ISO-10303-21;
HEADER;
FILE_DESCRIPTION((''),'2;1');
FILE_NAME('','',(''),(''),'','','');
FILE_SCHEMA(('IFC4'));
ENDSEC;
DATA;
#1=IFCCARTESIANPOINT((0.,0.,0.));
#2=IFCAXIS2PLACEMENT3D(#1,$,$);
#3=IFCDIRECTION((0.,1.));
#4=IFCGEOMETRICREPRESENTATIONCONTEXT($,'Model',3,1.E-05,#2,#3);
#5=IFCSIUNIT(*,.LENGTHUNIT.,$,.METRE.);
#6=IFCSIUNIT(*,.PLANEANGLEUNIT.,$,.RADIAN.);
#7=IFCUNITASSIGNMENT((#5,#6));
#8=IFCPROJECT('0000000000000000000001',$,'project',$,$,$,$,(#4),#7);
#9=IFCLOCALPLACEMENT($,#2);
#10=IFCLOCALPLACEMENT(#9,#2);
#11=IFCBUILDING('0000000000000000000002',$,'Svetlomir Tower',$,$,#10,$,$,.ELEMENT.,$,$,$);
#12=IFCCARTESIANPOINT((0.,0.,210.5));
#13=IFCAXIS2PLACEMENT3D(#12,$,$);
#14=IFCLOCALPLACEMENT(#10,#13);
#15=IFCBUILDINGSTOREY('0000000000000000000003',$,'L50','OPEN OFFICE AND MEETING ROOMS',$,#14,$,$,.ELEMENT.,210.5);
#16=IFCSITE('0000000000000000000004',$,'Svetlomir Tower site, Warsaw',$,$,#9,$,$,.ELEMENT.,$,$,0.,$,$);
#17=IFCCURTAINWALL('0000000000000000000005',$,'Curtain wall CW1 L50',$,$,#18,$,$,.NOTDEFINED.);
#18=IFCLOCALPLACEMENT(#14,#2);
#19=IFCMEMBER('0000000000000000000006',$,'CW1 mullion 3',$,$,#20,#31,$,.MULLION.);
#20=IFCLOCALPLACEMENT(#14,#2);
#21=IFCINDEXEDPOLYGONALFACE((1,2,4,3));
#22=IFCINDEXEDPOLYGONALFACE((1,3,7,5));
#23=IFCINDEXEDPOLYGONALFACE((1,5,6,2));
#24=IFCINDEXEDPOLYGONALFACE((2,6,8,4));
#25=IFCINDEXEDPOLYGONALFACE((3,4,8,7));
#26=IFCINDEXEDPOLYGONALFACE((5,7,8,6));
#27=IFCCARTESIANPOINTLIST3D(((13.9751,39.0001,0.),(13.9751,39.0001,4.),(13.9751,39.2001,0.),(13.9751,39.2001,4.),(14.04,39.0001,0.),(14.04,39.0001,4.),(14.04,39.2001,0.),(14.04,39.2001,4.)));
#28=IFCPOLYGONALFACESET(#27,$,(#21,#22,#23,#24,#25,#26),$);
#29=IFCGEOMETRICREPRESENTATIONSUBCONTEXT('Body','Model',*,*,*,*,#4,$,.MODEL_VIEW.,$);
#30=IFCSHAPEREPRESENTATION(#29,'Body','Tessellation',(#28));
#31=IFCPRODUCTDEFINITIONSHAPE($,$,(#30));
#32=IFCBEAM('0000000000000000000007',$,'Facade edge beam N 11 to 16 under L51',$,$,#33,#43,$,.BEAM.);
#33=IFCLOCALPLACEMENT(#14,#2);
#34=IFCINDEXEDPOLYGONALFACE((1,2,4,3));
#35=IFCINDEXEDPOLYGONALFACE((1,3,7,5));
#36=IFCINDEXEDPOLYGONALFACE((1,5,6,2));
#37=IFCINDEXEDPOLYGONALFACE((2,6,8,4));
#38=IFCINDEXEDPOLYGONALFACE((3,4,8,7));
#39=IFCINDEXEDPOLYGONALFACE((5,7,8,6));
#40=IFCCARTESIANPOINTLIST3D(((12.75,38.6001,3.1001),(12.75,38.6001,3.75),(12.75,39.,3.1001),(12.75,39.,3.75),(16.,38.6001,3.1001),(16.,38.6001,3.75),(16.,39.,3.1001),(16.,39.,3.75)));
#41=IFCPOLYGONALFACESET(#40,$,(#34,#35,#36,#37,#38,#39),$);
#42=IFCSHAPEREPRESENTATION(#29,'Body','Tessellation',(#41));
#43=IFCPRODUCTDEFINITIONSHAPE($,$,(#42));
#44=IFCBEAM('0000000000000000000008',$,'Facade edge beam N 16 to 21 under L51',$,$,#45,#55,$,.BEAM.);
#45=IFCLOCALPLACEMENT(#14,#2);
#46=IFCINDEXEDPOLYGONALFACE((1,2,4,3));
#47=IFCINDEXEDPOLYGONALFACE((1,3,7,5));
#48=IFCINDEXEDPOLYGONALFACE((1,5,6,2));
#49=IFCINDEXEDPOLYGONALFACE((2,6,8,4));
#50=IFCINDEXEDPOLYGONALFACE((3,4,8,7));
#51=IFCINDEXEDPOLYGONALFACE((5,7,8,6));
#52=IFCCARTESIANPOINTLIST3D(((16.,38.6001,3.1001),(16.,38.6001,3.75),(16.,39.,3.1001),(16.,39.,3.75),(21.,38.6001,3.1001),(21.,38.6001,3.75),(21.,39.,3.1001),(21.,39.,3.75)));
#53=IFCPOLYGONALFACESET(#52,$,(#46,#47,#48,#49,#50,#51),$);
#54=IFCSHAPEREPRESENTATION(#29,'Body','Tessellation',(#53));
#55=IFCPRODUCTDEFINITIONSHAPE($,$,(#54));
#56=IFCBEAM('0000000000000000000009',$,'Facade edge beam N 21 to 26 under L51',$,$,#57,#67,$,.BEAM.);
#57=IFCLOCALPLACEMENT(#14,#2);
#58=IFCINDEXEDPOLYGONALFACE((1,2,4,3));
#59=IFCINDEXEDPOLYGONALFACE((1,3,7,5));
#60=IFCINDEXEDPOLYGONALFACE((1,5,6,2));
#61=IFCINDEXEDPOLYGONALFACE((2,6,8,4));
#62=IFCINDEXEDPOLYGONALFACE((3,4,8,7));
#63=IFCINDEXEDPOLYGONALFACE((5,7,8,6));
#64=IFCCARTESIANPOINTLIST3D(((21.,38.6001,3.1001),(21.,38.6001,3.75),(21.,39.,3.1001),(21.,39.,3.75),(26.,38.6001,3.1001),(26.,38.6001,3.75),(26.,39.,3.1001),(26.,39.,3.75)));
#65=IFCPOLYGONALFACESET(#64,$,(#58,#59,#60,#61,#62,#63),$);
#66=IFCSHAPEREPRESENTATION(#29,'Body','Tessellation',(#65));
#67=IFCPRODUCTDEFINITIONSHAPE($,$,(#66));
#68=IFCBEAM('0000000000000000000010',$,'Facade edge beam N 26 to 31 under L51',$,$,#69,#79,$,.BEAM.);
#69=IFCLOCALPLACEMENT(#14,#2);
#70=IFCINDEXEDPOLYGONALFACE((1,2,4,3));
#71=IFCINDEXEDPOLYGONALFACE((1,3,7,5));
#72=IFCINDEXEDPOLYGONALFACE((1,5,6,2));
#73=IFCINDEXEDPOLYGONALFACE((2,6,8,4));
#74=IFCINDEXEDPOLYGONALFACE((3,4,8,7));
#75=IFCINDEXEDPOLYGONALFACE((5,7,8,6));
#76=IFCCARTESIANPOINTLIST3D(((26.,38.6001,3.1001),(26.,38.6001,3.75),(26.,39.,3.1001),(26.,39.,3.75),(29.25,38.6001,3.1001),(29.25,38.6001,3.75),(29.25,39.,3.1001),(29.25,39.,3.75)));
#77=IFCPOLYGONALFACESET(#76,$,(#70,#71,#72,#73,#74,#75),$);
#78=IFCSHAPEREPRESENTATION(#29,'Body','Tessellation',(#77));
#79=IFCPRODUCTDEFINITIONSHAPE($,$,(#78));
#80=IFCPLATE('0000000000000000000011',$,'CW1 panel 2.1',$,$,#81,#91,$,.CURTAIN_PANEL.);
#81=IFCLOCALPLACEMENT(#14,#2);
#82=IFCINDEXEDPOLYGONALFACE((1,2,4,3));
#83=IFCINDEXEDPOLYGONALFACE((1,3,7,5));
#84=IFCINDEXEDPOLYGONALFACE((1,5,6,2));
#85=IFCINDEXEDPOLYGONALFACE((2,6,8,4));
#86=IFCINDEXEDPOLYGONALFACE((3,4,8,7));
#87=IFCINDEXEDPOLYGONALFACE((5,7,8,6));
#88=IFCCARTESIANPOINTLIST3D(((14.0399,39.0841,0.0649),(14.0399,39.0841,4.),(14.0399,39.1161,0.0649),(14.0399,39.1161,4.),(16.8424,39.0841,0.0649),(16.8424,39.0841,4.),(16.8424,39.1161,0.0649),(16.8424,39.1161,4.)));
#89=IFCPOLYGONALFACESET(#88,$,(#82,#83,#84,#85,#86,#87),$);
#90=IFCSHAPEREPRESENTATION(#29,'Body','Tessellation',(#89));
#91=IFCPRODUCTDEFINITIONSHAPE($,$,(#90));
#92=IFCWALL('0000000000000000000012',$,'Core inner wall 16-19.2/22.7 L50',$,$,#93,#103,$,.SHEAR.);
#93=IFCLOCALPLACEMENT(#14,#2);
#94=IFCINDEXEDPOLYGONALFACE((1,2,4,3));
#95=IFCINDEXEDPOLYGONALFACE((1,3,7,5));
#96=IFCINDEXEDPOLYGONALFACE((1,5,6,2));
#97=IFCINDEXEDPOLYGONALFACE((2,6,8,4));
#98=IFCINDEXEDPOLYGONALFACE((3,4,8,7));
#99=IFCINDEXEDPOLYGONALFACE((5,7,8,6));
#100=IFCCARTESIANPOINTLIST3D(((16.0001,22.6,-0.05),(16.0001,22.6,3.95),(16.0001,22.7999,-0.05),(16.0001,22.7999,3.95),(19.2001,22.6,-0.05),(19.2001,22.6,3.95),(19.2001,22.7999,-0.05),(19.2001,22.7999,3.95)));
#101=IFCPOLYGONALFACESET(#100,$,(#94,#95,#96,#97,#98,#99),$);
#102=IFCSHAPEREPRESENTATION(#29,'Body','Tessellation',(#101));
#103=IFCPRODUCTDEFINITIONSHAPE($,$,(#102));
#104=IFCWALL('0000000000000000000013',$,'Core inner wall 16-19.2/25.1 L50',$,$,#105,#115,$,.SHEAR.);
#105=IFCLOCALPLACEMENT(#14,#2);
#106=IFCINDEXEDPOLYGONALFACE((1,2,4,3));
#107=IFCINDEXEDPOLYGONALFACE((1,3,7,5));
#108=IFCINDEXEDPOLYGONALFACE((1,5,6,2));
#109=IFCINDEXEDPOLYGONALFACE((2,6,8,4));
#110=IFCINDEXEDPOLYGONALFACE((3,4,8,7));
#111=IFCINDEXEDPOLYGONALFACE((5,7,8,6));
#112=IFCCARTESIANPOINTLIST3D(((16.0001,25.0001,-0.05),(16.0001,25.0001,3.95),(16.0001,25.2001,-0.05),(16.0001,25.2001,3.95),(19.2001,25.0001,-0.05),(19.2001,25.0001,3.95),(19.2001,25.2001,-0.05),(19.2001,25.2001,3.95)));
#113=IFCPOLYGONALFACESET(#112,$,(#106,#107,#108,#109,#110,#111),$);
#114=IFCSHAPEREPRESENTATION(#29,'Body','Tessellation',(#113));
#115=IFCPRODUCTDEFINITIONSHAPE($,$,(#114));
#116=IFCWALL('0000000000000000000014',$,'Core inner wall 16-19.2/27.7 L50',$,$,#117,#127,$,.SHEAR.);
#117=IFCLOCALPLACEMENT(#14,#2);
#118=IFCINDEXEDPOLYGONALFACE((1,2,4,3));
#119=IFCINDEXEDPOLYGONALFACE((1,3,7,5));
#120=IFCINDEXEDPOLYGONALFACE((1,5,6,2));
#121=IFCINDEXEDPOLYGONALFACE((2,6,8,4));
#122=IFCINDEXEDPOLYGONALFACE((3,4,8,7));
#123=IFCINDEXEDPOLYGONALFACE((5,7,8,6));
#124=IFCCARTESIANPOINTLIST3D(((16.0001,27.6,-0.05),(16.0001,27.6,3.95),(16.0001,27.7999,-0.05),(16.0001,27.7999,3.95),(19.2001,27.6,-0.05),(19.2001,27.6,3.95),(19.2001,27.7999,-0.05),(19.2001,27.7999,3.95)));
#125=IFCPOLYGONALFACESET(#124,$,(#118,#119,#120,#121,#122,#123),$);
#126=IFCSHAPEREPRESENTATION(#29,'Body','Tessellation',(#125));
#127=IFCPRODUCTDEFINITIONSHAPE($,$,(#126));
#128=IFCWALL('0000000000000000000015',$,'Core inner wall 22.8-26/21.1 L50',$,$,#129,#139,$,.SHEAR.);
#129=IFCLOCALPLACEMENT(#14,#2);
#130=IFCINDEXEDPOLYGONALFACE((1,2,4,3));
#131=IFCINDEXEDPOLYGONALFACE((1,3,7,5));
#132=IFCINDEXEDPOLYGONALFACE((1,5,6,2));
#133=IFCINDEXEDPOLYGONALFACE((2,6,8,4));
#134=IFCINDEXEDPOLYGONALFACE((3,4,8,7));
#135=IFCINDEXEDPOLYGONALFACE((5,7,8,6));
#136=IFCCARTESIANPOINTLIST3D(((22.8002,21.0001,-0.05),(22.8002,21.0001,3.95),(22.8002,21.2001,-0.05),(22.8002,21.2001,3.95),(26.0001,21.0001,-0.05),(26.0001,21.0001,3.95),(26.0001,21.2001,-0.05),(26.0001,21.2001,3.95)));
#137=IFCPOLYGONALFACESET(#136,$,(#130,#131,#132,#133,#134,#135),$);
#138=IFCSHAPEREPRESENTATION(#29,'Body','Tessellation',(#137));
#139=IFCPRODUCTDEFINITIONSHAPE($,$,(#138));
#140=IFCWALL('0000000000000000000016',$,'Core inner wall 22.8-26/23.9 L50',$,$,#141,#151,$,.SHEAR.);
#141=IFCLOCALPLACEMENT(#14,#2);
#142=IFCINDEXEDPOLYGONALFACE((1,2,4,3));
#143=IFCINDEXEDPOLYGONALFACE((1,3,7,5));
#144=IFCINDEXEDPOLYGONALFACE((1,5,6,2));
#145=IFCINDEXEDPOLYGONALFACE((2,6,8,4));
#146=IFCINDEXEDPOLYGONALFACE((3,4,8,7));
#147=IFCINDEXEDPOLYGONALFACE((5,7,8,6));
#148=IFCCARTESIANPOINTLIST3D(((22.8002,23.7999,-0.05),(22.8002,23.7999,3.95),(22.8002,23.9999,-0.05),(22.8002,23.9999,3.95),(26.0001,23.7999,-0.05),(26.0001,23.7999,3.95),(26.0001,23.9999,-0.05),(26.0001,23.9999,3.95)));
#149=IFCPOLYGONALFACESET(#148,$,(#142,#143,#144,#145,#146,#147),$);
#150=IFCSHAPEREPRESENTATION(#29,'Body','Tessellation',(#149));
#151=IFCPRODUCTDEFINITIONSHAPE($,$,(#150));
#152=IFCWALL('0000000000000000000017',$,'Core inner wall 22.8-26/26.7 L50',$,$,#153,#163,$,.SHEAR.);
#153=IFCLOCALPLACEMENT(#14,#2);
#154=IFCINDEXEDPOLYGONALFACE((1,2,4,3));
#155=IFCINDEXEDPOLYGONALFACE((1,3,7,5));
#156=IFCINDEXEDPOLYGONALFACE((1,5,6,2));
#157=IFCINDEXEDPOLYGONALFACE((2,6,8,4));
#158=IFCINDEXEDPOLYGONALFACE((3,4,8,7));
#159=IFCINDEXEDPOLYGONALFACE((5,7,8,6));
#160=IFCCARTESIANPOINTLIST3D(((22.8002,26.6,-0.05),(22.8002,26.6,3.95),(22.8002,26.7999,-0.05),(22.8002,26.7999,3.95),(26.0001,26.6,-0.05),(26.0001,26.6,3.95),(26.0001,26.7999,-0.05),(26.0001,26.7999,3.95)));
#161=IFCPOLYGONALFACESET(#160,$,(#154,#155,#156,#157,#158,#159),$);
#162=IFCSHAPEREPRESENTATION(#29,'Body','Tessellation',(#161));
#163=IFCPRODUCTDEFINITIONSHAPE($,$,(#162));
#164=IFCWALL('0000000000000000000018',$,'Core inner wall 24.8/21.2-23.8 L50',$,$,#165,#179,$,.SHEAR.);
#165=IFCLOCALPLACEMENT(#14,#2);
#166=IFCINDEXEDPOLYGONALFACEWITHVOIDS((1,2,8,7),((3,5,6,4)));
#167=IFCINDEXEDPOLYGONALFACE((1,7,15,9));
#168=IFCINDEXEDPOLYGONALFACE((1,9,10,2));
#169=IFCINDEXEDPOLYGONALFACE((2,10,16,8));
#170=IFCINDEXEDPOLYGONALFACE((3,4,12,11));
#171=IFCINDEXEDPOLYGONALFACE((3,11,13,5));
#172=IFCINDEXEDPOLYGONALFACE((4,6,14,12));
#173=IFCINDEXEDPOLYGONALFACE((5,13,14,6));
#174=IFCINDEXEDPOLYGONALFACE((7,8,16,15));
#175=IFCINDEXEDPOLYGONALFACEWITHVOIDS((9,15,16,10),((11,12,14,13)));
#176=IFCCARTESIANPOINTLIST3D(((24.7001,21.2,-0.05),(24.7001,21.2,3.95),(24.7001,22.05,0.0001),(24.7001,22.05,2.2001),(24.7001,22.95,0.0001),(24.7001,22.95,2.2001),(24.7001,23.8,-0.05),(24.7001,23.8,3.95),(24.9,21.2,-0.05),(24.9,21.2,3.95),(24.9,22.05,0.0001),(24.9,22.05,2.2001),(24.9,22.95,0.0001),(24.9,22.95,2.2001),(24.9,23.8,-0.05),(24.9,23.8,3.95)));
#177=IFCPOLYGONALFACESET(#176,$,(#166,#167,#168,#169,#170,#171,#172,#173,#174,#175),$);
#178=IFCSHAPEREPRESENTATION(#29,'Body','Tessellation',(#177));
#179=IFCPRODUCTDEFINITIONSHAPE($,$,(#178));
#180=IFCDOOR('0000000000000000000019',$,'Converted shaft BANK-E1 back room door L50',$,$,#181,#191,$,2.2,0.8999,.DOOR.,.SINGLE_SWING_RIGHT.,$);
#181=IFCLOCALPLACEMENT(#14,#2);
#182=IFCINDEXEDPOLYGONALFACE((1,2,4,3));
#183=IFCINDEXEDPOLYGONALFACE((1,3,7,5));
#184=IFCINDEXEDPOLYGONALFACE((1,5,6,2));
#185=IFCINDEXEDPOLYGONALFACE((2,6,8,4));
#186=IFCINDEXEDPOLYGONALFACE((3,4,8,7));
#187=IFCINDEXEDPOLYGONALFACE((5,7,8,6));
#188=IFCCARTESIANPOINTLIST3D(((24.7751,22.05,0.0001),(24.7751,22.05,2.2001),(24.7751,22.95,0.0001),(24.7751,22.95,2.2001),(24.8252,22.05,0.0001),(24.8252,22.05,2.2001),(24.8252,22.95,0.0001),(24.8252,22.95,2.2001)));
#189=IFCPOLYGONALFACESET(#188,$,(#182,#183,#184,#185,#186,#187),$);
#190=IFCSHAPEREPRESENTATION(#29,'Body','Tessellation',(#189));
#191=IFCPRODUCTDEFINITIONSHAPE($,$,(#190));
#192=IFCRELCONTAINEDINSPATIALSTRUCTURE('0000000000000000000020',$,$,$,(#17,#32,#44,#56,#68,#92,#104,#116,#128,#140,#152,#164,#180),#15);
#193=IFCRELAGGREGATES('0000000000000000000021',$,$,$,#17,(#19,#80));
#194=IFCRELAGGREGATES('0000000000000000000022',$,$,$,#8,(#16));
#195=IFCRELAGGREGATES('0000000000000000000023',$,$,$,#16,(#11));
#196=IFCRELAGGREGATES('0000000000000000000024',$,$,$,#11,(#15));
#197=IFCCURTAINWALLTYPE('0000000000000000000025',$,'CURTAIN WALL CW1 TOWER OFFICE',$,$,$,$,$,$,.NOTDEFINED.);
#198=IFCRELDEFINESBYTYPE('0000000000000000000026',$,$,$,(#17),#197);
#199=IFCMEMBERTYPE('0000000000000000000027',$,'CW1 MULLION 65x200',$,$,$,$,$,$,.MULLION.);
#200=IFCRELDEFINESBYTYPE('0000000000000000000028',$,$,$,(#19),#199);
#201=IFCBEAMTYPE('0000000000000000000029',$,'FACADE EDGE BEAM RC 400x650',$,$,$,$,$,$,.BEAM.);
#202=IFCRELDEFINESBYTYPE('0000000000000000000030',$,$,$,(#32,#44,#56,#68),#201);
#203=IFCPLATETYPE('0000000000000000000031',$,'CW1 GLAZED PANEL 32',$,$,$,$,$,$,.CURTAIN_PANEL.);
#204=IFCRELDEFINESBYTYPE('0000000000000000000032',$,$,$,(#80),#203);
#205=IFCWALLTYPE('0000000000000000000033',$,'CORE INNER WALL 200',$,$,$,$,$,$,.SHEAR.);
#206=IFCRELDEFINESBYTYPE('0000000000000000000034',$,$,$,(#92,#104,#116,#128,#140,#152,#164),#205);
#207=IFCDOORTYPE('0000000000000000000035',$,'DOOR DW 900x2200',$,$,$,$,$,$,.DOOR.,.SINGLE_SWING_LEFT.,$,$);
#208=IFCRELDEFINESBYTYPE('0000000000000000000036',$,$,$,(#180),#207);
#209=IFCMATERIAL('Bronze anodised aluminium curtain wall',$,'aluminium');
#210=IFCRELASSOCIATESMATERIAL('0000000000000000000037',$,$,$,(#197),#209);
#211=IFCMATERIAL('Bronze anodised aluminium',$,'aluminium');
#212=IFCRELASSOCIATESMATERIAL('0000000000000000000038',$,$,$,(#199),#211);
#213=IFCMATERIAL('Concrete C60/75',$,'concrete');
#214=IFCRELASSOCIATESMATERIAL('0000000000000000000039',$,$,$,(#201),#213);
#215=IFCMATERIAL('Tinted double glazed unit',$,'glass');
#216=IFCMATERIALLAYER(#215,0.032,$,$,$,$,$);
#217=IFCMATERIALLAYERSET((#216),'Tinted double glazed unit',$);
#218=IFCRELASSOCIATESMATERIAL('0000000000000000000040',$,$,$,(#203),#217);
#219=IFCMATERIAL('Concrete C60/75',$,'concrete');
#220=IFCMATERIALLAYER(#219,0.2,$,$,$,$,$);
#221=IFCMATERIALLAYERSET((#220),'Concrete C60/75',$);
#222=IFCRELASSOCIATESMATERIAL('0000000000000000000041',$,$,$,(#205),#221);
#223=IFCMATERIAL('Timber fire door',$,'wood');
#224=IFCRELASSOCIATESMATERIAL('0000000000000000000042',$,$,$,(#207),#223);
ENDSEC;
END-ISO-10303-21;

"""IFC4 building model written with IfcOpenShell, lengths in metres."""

from ifc_helpers import new_model, si_unit, direction, frame, frame_2d, origin, origin_2d, place, context, subcontext, project, spatial, rectangle, extrude, material, layer, layer_set, material_profile, profile_set, type_object, element, fill, aggregate, save


model = new_model("IFC4")

# Units and contexts
model_context = context("Model", 3, precision=1e-05, world=origin(), true_north=direction((0.0, 1.0)))
body_context = subcontext(model_context, "Body", "Model", "MODEL_VIEW")
ifc_project = project(units=[si_unit("LENGTHUNIT", "METRE"), si_unit("PLANEANGLEUNIT", "RADIAN")], contexts=[model_context])

# Site, building, storey
site_placement = place(None, origin())
site = spatial("IfcSite", under=ifc_project, at=site_placement, Name="Svetlomir Tower site, Warsaw", CompositionType="ELEMENT", RefElevation=0.0)
building_placement = place(site_placement, origin())
building = spatial("IfcBuilding", under=site, at=building_placement, Name="Svetlomir Tower", CompositionType="ELEMENT")
storey_placement = place(building_placement, frame((0.0, 0.0, 210.5)))
storey = spatial("IfcBuildingStorey", under=building, at=storey_placement, Name="L50", Description="OPEN OFFICE AND MEETING ROOMS", CompositionType="ELEMENT", Elevation=210.5)

# Curtain wall, member
ifc_material_1 = material(Name="Bronze anodised aluminium curtain wall", Category="aluminium")
curtain_wall_type = type_object("IfcCurtainWallType", Name="CURTAIN WALL CW1 TOWER OFFICE", PredefinedType="NOTDEFINED", material=ifc_material_1)
curtain_wall_placement = place(storey_placement, origin())
curtain_wall = element("IfcCurtainWall", 1, at=curtain_wall_placement, inside=storey, type_object=curtain_wall_type, Name="Curtain wall CW1 L50", PredefinedType="NOTDEFINED")
ifc_material_2 = material(Name="Bronze anodised aluminium", Category="aluminium")
ifc_material_profile_1 = material_profile(ifc_material_2, rectangle(XDim=0.0649, YDim=0.2, at=origin_2d()), Name="AL 65x200")
ifc_profile_set_1 = profile_set([ifc_material_profile_1], Name="Bronze anodised aluminium 6063-T6")
member_type = type_object("IfcMemberType", Name="CW1 MULLION 65x200", PredefinedType="MULLION", material=ifc_profile_set_1)
member_placement = place(storey_placement, frame((14.0076, 39.1001, 0.0), z_axis=(0.0, 0.0, 1.0), x_axis=(-1.0, 0.0, 0.0)))
member = element("IfcMember", 2, at=member_placement, type_object=member_type, Name="CW1 mullion 3", PredefinedType="MULLION", context=body_context, shape_type="SweptSolid", body=[
    extrude(rectangle(XDim=0.0649, YDim=0.2, at=origin_2d()), origin(), (0.0, 0.0, 1.0), 4.0),
])

# Beams
ifc_material_3 = material(Name="Concrete C60/75", Category="concrete")
ifc_material_profile_2 = material_profile(ifc_material_3, rectangle(XDim=0.3999, YDim=0.6499, at=origin_2d()), Name="RC 400x650")
ifc_profile_set_2 = profile_set([ifc_material_profile_2], Name="Concrete C60/75")
beam_type = type_object("IfcBeamType", Name="FACADE EDGE BEAM RC 400x650", PredefinedType="BEAM", material=ifc_profile_set_2)
beam_1_placement = place(storey_placement, frame((12.75, 38.8, 3.425), z_axis=(1.0, 0.0, 0.0), x_axis=(0.0, 1.0, 0.0)))
element("IfcBeam", 3, at=beam_1_placement, inside=storey, type_object=beam_type, Name="Facade edge beam N 11 to 16 under L51", PredefinedType="BEAM", context=body_context, shape_type="SweptSolid", body=[
    extrude(rectangle(XDim=0.3999, YDim=0.6499, at=origin_2d()), origin(), (0.0, 0.0, 1.0), 3.25),
])
for number, where, z_axis, x_axis, name in (
    (4, (16.0, 38.8, 3.425), (1.0, 0.0, 0.0), (0.0, 1.0, 0.0), "Facade edge beam N 16 to 21 under L51"),
    (5, (21.0, 38.8, 3.425), (1.0, 0.0, 0.0), (0.0, 1.0, 0.0), "Facade edge beam N 21 to 26 under L51"),
):
    element("IfcBeam", number, at=place(storey_placement, frame(where, z_axis=z_axis, x_axis=x_axis)), inside=storey, type_object=beam_type, Name=name, PredefinedType="BEAM", context=body_context, shape_type="SweptSolid", body=[
        extrude(rectangle(XDim=0.3999, YDim=0.6499, at=origin_2d()), origin(), (0.0, 0.0, 1.0), 5.0),
    ])
beam_2_placement = place(storey_placement, frame((26.0, 38.8, 3.425), z_axis=(1.0, 0.0, 0.0), x_axis=(0.0, 1.0, 0.0)))
element("IfcBeam", 6, at=beam_2_placement, inside=storey, type_object=beam_type, Name="Facade edge beam N 26 to 31 under L51", PredefinedType="BEAM", context=body_context, shape_type="SweptSolid", body=[
    extrude(rectangle(XDim=0.3999, YDim=0.6499, at=origin_2d()), origin(), (0.0, 0.0, 1.0), 3.25),
])

# Plate
ifc_material_4 = material(Name="Tinted double glazed unit", Category="glass")
ifc_layer_1 = layer(ifc_material_4, 0.032)
ifc_layer_set_1 = layer_set([ifc_layer_1], Name="Tinted double glazed unit")
plate_type = type_object("IfcPlateType", Name="CW1 GLAZED PANEL 32", PredefinedType="CURTAIN_PANEL", material=ifc_layer_set_1)
plate_placement = place(storey_placement, frame((15.4412, 39.1001, 0.0649), z_axis=(0.0, 0.0, 1.0), x_axis=(-1.0, 0.0, 0.0)))
plate = element("IfcPlate", 7, at=plate_placement, type_object=plate_type, Name="CW1 panel 2.1", PredefinedType="CURTAIN_PANEL", context=body_context, shape_type="SweptSolid", body=[
    extrude(rectangle(XDim=2.8025, YDim=0.032, at=origin_2d()), origin(), (0.0, 0.0, 1.0), 3.9351),
])
aggregate(curtain_wall, [member, plate])

# Walls
ifc_material_5 = material(Name="Concrete C60/75", Category="concrete")
ifc_layer_2 = layer(ifc_material_5, 0.2)
ifc_layer_set_2 = layer_set([ifc_layer_2], Name="Concrete C60/75")
wall_type_1 = type_object("IfcWallType", Name="CORE INNER WALL 200", PredefinedType="SHEAR", material=ifc_layer_set_2)
for number, where, z_axis, x_axis, name in (
    (8, (16.0, 22.7, -0.05), (0.0, 0.0, 1.0), (1.0, 0.0, 0.0), "Core inner wall 16-19.2/22.7 L50"),
    (9, (16.0, 25.1001, -0.05), (0.0, 0.0, 1.0), (1.0, 0.0, 0.0), "Core inner wall 16-19.2/25.1 L50"),
    (10, (16.0, 27.7, -0.05), (0.0, 0.0, 1.0), (1.0, 0.0, 0.0), "Core inner wall 16-19.2/27.7 L50"),
    (11, (22.8, 21.1001, -0.05), (0.0, 0.0, 1.0), (1.0, 0.0, 0.0), "Core inner wall 22.8-26/21.1 L50"),
    (12, (22.8, 23.8999, -0.05), (0.0, 0.0, 1.0), (1.0, 0.0, 0.0), "Core inner wall 22.8-26/23.9 L50"),
    (13, (22.8, 26.7, -0.05), (0.0, 0.0, 1.0), (1.0, 0.0, 0.0), "Core inner wall 22.8-26/26.7 L50"),
):
    element("IfcWall", number, at=place(storey_placement, frame(where, z_axis=z_axis, x_axis=x_axis)), inside=storey, type_object=wall_type_1, Name=name, PredefinedType="SHEAR", context=body_context, shape_type="SweptSolid", body=[
        extrude(rectangle(XDim=3.2, YDim=0.2, at=frame_2d((1.6001, 0.0))), origin(), (0.0, 0.0, 1.0), 4.0),
    ])

# Wall, opening, door
wall_1_placement = place(storey_placement, frame((24.8, 21.2, -0.05), z_axis=(0.0, 0.0, 1.0), x_axis=(0.0, 1.0, 0.0)))
wall_1 = element("IfcWall", 14, at=wall_1_placement, inside=storey, type_object=wall_type_1, Name="Core inner wall 24.8/21.2-23.8 L50", PredefinedType="SHEAR", context=body_context, shape_type="SweptSolid", body=[
    extrude(rectangle(XDim=2.6001, YDim=0.2, at=frame_2d((1.3, 0.0))), origin(), (0.0, 0.0, 1.0), 4.0),
])
opening_1_placement = place(wall_1_placement, frame((0.8501, 0.0, 0.05)))
opening_1 = element("IfcOpeningElement", 15, at=opening_1_placement, cuts=wall_1, PredefinedType="OPENING", context=body_context, shape_type="SweptSolid", body=[
    extrude(rectangle(XDim=0.8999, YDim=2.2, at=frame_2d((0.45, 1.1001))), frame((0.0, 0.1099, 0.0), z_axis=(0.0, -1.0, 0.0), x_axis=(1.0, 0.0, 0.0)), (0.0, 0.0, 1.0), 0.22),
])
ifc_material_6 = material(Name="Timber fire door", Category="wood")
door_type_1 = type_object("IfcDoorType", Name="DOOR DW 900x2200", OperationType="SINGLE_SWING_LEFT", PredefinedType="DOOR", material=ifc_material_6)
door_1_placement = place(opening_1_placement, origin())
door_1 = element("IfcDoor", 16, at=door_1_placement, inside=storey, type_object=door_type_1, Name="Converted shaft BANK-E1 back room door L50", OperationType="SINGLE_SWING_RIGHT", OverallHeight=2.2, OverallWidth=0.8999, PredefinedType="DOOR", context=body_context, shape_type="SweptSolid", body=[
    extrude(rectangle(XDim=0.8999, YDim=2.2, at=frame_2d((0.45, 1.1001))), frame((0.0, 0.0249, 0.0), z_axis=(0.0, -1.0, 0.0), x_axis=(1.0, 0.0, 0.0)), (0.0, 0.0, 1.0), 0.05),
])
fill(opening_1, door_1)

save(model, "model.ifc")
